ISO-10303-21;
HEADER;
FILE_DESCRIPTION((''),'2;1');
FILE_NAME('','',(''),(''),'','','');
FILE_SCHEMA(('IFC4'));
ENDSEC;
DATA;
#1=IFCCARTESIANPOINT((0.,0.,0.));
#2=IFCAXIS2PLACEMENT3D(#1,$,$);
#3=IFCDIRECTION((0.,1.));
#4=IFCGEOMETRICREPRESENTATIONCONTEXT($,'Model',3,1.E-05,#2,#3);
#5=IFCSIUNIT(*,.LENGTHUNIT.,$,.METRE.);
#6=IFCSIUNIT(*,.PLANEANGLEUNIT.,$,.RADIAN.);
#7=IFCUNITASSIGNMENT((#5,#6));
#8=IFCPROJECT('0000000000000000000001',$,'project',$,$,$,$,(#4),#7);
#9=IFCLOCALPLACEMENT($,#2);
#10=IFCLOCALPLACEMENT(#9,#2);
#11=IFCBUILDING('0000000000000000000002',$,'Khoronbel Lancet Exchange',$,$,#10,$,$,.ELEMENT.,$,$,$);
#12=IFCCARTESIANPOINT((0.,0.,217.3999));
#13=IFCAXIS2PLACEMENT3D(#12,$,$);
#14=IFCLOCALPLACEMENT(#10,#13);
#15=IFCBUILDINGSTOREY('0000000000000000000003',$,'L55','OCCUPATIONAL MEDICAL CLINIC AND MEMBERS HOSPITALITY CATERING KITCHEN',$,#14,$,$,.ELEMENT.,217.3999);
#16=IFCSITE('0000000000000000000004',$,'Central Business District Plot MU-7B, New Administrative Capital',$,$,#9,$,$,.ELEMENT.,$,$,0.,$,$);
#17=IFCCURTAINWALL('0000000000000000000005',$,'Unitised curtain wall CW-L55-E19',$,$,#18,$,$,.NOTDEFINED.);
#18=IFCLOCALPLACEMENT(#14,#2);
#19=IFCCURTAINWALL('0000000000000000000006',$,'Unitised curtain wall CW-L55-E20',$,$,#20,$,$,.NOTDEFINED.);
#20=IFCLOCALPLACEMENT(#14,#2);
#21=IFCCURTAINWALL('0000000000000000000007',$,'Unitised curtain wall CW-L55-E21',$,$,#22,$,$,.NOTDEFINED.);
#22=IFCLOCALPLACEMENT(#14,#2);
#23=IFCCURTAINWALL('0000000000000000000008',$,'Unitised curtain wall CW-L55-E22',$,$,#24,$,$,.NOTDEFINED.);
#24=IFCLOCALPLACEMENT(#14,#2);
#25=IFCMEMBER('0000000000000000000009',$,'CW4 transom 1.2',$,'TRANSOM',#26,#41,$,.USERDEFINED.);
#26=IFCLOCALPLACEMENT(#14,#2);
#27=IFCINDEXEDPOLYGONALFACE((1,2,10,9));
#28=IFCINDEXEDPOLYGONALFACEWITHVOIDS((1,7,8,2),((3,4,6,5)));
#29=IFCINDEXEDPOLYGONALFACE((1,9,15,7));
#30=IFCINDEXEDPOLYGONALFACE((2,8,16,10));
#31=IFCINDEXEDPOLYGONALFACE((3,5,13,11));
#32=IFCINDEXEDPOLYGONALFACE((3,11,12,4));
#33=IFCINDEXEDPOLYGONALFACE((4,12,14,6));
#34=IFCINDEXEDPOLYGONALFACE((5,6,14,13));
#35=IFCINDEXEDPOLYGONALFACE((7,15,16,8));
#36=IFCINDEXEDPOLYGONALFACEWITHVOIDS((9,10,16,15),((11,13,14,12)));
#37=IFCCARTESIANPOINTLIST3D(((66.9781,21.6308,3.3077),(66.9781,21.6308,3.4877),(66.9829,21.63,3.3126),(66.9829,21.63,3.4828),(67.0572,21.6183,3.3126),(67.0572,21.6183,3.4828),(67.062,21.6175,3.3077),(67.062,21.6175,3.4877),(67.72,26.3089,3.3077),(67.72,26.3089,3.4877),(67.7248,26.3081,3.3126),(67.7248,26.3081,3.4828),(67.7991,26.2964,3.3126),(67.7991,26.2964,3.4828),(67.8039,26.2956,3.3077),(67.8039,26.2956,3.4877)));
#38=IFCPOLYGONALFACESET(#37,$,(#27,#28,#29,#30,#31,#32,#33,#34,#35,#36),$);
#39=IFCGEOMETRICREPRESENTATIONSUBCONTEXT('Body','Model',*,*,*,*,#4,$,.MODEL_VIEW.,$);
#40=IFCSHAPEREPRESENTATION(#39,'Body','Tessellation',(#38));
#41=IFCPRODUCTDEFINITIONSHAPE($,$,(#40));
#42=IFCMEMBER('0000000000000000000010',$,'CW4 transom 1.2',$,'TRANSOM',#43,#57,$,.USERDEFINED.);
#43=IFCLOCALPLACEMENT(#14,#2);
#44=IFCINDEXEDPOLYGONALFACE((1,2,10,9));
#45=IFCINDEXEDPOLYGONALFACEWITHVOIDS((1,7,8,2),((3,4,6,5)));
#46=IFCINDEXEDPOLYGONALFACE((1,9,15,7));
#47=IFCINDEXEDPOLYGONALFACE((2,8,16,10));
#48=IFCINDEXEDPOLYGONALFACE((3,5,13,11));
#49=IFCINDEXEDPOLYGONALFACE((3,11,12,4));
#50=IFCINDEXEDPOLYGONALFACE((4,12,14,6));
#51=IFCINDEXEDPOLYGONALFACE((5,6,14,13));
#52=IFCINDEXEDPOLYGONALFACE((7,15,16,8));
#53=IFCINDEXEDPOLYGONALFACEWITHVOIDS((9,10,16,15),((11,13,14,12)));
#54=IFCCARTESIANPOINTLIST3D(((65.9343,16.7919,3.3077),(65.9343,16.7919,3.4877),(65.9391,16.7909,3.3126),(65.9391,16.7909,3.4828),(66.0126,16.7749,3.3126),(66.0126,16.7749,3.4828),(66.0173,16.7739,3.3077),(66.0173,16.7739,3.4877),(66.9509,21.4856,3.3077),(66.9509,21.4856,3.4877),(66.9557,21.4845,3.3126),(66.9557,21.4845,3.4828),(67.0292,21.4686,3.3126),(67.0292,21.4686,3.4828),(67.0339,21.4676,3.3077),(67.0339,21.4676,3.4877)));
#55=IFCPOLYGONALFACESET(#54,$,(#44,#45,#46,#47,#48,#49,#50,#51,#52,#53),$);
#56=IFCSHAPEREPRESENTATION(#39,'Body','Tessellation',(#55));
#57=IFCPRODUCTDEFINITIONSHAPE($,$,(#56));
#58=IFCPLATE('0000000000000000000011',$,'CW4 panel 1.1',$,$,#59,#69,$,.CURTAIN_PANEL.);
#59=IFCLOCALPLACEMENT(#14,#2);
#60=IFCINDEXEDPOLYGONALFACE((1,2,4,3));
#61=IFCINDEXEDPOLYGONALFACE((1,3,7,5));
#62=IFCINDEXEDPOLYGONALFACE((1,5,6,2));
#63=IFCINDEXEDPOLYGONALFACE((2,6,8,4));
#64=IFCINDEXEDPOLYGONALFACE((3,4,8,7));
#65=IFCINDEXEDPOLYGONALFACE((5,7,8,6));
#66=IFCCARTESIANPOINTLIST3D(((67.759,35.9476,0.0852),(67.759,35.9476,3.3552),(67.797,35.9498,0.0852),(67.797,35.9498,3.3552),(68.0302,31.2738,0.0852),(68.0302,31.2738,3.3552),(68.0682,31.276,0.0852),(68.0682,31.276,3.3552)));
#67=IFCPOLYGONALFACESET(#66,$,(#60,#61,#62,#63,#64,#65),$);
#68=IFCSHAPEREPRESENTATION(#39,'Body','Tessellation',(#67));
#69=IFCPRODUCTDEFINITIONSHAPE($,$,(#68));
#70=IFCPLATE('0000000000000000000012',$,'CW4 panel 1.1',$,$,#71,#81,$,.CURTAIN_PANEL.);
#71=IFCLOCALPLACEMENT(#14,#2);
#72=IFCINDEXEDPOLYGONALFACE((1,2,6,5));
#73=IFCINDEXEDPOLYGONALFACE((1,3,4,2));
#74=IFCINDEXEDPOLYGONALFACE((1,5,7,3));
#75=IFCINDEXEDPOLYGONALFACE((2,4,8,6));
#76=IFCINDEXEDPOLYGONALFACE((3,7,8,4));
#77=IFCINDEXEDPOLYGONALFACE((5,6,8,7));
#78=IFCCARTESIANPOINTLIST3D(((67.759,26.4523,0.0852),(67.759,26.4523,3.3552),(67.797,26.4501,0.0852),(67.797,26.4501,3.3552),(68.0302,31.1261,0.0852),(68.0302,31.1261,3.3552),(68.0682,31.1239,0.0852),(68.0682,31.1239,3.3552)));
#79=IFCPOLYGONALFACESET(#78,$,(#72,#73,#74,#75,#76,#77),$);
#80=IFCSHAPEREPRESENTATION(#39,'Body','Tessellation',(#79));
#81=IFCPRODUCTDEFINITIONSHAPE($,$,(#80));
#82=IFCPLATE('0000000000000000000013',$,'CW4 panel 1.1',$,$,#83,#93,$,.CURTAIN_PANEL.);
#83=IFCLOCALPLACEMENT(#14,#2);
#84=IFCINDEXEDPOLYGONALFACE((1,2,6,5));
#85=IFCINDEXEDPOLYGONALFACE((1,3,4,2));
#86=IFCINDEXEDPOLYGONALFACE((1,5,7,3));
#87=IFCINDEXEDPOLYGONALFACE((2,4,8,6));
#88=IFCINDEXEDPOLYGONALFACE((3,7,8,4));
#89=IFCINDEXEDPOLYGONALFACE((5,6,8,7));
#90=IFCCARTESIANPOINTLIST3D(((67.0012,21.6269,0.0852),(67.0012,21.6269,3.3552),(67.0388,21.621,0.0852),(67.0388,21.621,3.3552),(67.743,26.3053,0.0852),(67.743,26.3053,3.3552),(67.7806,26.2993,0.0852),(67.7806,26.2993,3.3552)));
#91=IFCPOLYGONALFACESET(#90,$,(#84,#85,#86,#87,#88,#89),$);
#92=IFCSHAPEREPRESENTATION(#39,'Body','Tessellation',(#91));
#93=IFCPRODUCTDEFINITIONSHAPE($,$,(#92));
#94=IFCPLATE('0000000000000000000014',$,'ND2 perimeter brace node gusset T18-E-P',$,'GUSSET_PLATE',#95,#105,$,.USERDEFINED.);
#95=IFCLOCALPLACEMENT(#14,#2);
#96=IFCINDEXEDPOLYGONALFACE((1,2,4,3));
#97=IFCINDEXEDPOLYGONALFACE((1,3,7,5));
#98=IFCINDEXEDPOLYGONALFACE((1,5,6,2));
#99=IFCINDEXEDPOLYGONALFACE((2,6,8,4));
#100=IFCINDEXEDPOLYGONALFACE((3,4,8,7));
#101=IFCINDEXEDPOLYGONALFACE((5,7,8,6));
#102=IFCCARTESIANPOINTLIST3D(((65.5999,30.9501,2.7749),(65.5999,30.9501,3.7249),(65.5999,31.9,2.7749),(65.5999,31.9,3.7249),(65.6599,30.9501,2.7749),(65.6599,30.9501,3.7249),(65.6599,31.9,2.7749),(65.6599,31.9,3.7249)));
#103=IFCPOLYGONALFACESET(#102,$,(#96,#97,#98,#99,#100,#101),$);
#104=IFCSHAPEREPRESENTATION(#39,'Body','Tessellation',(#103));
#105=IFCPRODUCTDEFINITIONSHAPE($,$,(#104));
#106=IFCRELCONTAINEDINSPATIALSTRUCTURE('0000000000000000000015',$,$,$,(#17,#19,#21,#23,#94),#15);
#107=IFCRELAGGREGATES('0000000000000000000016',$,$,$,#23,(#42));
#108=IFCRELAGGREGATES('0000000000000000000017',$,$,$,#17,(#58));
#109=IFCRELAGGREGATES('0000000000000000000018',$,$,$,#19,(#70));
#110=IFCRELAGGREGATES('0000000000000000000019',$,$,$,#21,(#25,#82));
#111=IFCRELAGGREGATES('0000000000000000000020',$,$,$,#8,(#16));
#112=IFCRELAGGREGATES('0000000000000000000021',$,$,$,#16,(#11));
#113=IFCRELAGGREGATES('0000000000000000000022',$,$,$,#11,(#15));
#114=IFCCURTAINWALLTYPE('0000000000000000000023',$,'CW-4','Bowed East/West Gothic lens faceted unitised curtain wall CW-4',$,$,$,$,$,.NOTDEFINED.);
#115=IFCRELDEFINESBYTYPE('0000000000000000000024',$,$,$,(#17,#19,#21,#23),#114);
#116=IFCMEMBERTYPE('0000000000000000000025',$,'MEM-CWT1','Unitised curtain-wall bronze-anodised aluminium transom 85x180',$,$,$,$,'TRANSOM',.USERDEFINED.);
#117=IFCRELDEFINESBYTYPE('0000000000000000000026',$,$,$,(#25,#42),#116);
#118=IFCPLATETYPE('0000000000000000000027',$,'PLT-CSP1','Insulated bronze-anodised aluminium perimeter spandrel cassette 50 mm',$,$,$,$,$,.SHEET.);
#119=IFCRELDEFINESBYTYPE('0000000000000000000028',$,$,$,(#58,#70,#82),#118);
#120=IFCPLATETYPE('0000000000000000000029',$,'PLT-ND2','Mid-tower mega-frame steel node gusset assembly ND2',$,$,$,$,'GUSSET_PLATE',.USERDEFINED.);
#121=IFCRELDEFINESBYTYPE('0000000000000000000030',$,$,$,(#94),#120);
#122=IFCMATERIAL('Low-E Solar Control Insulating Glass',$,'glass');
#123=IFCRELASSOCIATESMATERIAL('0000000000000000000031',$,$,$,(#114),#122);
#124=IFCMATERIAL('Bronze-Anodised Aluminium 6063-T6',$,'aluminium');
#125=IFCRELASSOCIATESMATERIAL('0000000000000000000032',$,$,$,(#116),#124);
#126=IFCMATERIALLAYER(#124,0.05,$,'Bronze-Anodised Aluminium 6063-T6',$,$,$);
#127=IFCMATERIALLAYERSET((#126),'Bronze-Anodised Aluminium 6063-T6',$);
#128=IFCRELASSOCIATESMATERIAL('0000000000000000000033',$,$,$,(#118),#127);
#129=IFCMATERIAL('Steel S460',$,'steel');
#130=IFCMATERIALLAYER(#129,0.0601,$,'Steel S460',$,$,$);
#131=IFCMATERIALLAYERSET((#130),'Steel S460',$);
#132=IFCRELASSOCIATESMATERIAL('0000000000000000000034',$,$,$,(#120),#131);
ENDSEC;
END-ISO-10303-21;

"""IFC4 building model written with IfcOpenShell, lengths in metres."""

from ifc_helpers import new_model, si_unit, direction, frame, origin, origin_2d, place, context, subcontext, project, spatial, rectangle, hollow_rectangle, extrude, material, layer, layer_set, material_profile, profile_set, type_object, element, aggregate, save


model = new_model("IFC4")

# Units and contexts
model_context = context("Model", 3, precision=1e-05, world=origin(), true_north=direction((0.0, 1.0)))
body_context = subcontext(model_context, "Body", "Model", "MODEL_VIEW")
ifc_project = project(units=[si_unit("LENGTHUNIT", "METRE"), si_unit("PLANEANGLEUNIT", "RADIAN")], contexts=[model_context])

# Site, building, storey
site_placement = place(None, origin())
site = spatial("IfcSite", under=ifc_project, at=site_placement, Name="Central Business District Plot MU-7B, New Administrative Capital", CompositionType="ELEMENT", RefElevation=0.0)
building_placement = place(site_placement, origin())
building = spatial("IfcBuilding", under=site, at=building_placement, Name="Khoronbel Lancet Exchange", CompositionType="ELEMENT")
storey_placement = place(building_placement, frame((0.0, 0.0, 217.3999)))
storey = spatial("IfcBuildingStorey", under=building, at=storey_placement, Name="L55", Description="OCCUPATIONAL MEDICAL CLINIC AND MEMBERS HOSPITALITY CATERING KITCHEN", CompositionType="ELEMENT", Elevation=217.3999)

# Curtain wall
ifc_material_1 = material(Name="Low-E Solar Control Insulating Glass", Category="glass")
curtain_wall_type = type_object("IfcCurtainWallType", Name="CW-4", Description="Bowed East/West Gothic lens faceted unitised curtain wall CW-4", PredefinedType="NOTDEFINED", material=ifc_material_1)
curtain_wall_1_placement = place(storey_placement, origin())
curtain_wall_1 = element("IfcCurtainWall", 1, at=curtain_wall_1_placement, inside=storey, type_object=curtain_wall_type, Name="Unitised curtain wall CW-L55-E19", PredefinedType="NOTDEFINED")
ifc_material_2 = material(Name="Bronze-Anodised Aluminium 6063-T6", Category="aluminium")

# Curtain walls
curtain_wall_2_placement = place(storey_placement, origin())
curtain_wall_2 = element("IfcCurtainWall", 2, at=curtain_wall_2_placement, inside=storey, type_object=curtain_wall_type, Name="Unitised curtain wall CW-L55-E20", PredefinedType="NOTDEFINED")
curtain_wall_3_placement = place(storey_placement, origin())
curtain_wall_3 = element("IfcCurtainWall", 3, at=curtain_wall_3_placement, inside=storey, type_object=curtain_wall_type, Name="Unitised curtain wall CW-L55-E21", PredefinedType="NOTDEFINED")

# Curtain wall
curtain_wall_4_placement = place(storey_placement, origin())
curtain_wall_4 = element("IfcCurtainWall", 4, at=curtain_wall_4_placement, inside=storey, type_object=curtain_wall_type, Name="Unitised curtain wall CW-L55-E22", PredefinedType="NOTDEFINED")

# Members
ifc_material_profile_1 = material_profile(ifc_material_2, hollow_rectangle(XDim=0.085, YDim=0.1799, WallThickness=0.0049, at=origin_2d()), Name="ALU TRANSOM 85x180")
ifc_profile_set_1 = profile_set([ifc_material_profile_1], Name="Bronze-Anodised Aluminium 6063-T6")
member_type_1 = type_object("IfcMemberType", Name="MEM-CWT1", Description="Unitised curtain-wall bronze-anodised aluminium transom 85x180", ElementType="TRANSOM", PredefinedType="USERDEFINED", material=ifc_profile_set_1)
member_1_placement = place(storey_placement, frame((67.762, 26.3022, 3.3977), z_axis=(-0.156637, -0.987656, 0.0), x_axis=(0.987656, -0.156637, 0.0)))
member_1 = element("IfcMember", 5, at=member_1_placement, type_object=member_type_1, Name="CW4 transom 1.2", ObjectType="TRANSOM", PredefinedType="USERDEFINED", context=body_context, shape_type="SweptSolid", body=[
    extrude(hollow_rectangle(XDim=0.085, YDim=0.1799, WallThickness=0.0049, at=origin_2d()), origin(), (0.0, 0.0, 1.0), 4.7366),
])
member_2_placement = place(storey_placement, frame((66.9924, 21.4766, 3.3977), z_axis=(-0.211685, -0.977338, 0.0), x_axis=(0.977338, -0.211685, 0.0)))
member_2 = element("IfcMember", 6, at=member_2_placement, type_object=member_type_1, Name="CW4 transom 1.2", ObjectType="TRANSOM", PredefinedType="USERDEFINED", context=body_context, shape_type="SweptSolid", body=[
    extrude(hollow_rectangle(XDim=0.085, YDim=0.1799, WallThickness=0.0049, at=origin_2d()), origin(), (0.0, 0.0, 1.0), 4.8025),
])
aggregate(curtain_wall_4, [member_2])

# Plates
ifc_layer_1 = layer(ifc_material_2, 0.05, Name="Bronze-Anodised Aluminium 6063-T6")
ifc_layer_set_1 = layer_set([ifc_layer_1], Name="Bronze-Anodised Aluminium 6063-T6")
plate_type_1 = type_object("IfcPlateType", Name="PLT-CSP1", Description="Insulated bronze-anodised aluminium perimeter spandrel cassette 50 mm", PredefinedType="SHEET", material=ifc_layer_set_1)
plate_1_placement = place(storey_placement, frame((67.9136, 33.6118, 0.0852), z_axis=(0.0, 0.0, 1.0), x_axis=(0.05793, -0.998321, 0.0)))
plate_1 = element("IfcPlate", 7, at=plate_1_placement, type_object=plate_type_1, Name="CW4 panel 1.1", PredefinedType="CURTAIN_PANEL", context=body_context, shape_type="SweptSolid", body=[
    extrude(rectangle(XDim=4.6816, YDim=0.0381, at=origin_2d()), origin(), (0.0, 0.0, 1.0), 3.27),
])
aggregate(curtain_wall_1, [plate_1])
plate_2_placement = place(storey_placement, frame((67.9136, 28.7881, 0.0852), z_axis=(0.0, 0.0, 1.0), x_axis=(-0.05793, -0.998321, 0.0)))
plate_2 = element("IfcPlate", 8, at=plate_2_placement, type_object=plate_type_1, Name="CW4 panel 1.1", PredefinedType="CURTAIN_PANEL", context=body_context, shape_type="SweptSolid", body=[
    extrude(rectangle(XDim=4.6816, YDim=0.0381, at=origin_2d()), origin(), (0.0, 0.0, 1.0), 3.27),
])
aggregate(curtain_wall_2, [plate_2])
plate_3_placement = place(storey_placement, frame((67.3909, 23.9631, 0.0852), z_axis=(0.0, 0.0, 1.0), x_axis=(-0.156606, -0.987661, 0.0)))
plate_3 = element("IfcPlate", 9, at=plate_3_placement, type_object=plate_type_1, Name="CW4 panel 1.1", PredefinedType="CURTAIN_PANEL", context=body_context, shape_type="SweptSolid", body=[
    extrude(rectangle(XDim=4.7368, YDim=0.0381, at=origin_2d()), origin(), (0.0, 0.0, 1.0), 3.27),
])
aggregate(curtain_wall_3, [member_1, plate_3])
ifc_material_3 = material(Name="Steel S460", Category="steel")
ifc_layer_2 = layer(ifc_material_3, 0.0601, Name="Steel S460")
ifc_layer_set_2 = layer_set([ifc_layer_2], Name="Steel S460")
plate_type_2 = type_object("IfcPlateType", Name="PLT-ND2", Description="Mid-tower mega-frame steel node gusset assembly ND2", ElementType="GUSSET_PLATE", PredefinedType="USERDEFINED", material=ifc_layer_set_2)
plate_4_placement = place(storey_placement, frame((65.6299, 31.425, 2.7749), z_axis=(0.0, 0.0, 1.0), x_axis=(0.0, 1.0, 0.0)))
element("IfcPlate", 10, at=plate_4_placement, inside=storey, type_object=plate_type_2, Name="ND2 perimeter brace node gusset T18-E-P", ObjectType="GUSSET_PLATE", PredefinedType="USERDEFINED", context=body_context, shape_type="SweptSolid", body=[
    extrude(rectangle(XDim=0.95, YDim=0.0601, at=origin_2d()), origin(), (0.0, 0.0, 1.0), 0.95),
])

save(model, "model.ifc")
